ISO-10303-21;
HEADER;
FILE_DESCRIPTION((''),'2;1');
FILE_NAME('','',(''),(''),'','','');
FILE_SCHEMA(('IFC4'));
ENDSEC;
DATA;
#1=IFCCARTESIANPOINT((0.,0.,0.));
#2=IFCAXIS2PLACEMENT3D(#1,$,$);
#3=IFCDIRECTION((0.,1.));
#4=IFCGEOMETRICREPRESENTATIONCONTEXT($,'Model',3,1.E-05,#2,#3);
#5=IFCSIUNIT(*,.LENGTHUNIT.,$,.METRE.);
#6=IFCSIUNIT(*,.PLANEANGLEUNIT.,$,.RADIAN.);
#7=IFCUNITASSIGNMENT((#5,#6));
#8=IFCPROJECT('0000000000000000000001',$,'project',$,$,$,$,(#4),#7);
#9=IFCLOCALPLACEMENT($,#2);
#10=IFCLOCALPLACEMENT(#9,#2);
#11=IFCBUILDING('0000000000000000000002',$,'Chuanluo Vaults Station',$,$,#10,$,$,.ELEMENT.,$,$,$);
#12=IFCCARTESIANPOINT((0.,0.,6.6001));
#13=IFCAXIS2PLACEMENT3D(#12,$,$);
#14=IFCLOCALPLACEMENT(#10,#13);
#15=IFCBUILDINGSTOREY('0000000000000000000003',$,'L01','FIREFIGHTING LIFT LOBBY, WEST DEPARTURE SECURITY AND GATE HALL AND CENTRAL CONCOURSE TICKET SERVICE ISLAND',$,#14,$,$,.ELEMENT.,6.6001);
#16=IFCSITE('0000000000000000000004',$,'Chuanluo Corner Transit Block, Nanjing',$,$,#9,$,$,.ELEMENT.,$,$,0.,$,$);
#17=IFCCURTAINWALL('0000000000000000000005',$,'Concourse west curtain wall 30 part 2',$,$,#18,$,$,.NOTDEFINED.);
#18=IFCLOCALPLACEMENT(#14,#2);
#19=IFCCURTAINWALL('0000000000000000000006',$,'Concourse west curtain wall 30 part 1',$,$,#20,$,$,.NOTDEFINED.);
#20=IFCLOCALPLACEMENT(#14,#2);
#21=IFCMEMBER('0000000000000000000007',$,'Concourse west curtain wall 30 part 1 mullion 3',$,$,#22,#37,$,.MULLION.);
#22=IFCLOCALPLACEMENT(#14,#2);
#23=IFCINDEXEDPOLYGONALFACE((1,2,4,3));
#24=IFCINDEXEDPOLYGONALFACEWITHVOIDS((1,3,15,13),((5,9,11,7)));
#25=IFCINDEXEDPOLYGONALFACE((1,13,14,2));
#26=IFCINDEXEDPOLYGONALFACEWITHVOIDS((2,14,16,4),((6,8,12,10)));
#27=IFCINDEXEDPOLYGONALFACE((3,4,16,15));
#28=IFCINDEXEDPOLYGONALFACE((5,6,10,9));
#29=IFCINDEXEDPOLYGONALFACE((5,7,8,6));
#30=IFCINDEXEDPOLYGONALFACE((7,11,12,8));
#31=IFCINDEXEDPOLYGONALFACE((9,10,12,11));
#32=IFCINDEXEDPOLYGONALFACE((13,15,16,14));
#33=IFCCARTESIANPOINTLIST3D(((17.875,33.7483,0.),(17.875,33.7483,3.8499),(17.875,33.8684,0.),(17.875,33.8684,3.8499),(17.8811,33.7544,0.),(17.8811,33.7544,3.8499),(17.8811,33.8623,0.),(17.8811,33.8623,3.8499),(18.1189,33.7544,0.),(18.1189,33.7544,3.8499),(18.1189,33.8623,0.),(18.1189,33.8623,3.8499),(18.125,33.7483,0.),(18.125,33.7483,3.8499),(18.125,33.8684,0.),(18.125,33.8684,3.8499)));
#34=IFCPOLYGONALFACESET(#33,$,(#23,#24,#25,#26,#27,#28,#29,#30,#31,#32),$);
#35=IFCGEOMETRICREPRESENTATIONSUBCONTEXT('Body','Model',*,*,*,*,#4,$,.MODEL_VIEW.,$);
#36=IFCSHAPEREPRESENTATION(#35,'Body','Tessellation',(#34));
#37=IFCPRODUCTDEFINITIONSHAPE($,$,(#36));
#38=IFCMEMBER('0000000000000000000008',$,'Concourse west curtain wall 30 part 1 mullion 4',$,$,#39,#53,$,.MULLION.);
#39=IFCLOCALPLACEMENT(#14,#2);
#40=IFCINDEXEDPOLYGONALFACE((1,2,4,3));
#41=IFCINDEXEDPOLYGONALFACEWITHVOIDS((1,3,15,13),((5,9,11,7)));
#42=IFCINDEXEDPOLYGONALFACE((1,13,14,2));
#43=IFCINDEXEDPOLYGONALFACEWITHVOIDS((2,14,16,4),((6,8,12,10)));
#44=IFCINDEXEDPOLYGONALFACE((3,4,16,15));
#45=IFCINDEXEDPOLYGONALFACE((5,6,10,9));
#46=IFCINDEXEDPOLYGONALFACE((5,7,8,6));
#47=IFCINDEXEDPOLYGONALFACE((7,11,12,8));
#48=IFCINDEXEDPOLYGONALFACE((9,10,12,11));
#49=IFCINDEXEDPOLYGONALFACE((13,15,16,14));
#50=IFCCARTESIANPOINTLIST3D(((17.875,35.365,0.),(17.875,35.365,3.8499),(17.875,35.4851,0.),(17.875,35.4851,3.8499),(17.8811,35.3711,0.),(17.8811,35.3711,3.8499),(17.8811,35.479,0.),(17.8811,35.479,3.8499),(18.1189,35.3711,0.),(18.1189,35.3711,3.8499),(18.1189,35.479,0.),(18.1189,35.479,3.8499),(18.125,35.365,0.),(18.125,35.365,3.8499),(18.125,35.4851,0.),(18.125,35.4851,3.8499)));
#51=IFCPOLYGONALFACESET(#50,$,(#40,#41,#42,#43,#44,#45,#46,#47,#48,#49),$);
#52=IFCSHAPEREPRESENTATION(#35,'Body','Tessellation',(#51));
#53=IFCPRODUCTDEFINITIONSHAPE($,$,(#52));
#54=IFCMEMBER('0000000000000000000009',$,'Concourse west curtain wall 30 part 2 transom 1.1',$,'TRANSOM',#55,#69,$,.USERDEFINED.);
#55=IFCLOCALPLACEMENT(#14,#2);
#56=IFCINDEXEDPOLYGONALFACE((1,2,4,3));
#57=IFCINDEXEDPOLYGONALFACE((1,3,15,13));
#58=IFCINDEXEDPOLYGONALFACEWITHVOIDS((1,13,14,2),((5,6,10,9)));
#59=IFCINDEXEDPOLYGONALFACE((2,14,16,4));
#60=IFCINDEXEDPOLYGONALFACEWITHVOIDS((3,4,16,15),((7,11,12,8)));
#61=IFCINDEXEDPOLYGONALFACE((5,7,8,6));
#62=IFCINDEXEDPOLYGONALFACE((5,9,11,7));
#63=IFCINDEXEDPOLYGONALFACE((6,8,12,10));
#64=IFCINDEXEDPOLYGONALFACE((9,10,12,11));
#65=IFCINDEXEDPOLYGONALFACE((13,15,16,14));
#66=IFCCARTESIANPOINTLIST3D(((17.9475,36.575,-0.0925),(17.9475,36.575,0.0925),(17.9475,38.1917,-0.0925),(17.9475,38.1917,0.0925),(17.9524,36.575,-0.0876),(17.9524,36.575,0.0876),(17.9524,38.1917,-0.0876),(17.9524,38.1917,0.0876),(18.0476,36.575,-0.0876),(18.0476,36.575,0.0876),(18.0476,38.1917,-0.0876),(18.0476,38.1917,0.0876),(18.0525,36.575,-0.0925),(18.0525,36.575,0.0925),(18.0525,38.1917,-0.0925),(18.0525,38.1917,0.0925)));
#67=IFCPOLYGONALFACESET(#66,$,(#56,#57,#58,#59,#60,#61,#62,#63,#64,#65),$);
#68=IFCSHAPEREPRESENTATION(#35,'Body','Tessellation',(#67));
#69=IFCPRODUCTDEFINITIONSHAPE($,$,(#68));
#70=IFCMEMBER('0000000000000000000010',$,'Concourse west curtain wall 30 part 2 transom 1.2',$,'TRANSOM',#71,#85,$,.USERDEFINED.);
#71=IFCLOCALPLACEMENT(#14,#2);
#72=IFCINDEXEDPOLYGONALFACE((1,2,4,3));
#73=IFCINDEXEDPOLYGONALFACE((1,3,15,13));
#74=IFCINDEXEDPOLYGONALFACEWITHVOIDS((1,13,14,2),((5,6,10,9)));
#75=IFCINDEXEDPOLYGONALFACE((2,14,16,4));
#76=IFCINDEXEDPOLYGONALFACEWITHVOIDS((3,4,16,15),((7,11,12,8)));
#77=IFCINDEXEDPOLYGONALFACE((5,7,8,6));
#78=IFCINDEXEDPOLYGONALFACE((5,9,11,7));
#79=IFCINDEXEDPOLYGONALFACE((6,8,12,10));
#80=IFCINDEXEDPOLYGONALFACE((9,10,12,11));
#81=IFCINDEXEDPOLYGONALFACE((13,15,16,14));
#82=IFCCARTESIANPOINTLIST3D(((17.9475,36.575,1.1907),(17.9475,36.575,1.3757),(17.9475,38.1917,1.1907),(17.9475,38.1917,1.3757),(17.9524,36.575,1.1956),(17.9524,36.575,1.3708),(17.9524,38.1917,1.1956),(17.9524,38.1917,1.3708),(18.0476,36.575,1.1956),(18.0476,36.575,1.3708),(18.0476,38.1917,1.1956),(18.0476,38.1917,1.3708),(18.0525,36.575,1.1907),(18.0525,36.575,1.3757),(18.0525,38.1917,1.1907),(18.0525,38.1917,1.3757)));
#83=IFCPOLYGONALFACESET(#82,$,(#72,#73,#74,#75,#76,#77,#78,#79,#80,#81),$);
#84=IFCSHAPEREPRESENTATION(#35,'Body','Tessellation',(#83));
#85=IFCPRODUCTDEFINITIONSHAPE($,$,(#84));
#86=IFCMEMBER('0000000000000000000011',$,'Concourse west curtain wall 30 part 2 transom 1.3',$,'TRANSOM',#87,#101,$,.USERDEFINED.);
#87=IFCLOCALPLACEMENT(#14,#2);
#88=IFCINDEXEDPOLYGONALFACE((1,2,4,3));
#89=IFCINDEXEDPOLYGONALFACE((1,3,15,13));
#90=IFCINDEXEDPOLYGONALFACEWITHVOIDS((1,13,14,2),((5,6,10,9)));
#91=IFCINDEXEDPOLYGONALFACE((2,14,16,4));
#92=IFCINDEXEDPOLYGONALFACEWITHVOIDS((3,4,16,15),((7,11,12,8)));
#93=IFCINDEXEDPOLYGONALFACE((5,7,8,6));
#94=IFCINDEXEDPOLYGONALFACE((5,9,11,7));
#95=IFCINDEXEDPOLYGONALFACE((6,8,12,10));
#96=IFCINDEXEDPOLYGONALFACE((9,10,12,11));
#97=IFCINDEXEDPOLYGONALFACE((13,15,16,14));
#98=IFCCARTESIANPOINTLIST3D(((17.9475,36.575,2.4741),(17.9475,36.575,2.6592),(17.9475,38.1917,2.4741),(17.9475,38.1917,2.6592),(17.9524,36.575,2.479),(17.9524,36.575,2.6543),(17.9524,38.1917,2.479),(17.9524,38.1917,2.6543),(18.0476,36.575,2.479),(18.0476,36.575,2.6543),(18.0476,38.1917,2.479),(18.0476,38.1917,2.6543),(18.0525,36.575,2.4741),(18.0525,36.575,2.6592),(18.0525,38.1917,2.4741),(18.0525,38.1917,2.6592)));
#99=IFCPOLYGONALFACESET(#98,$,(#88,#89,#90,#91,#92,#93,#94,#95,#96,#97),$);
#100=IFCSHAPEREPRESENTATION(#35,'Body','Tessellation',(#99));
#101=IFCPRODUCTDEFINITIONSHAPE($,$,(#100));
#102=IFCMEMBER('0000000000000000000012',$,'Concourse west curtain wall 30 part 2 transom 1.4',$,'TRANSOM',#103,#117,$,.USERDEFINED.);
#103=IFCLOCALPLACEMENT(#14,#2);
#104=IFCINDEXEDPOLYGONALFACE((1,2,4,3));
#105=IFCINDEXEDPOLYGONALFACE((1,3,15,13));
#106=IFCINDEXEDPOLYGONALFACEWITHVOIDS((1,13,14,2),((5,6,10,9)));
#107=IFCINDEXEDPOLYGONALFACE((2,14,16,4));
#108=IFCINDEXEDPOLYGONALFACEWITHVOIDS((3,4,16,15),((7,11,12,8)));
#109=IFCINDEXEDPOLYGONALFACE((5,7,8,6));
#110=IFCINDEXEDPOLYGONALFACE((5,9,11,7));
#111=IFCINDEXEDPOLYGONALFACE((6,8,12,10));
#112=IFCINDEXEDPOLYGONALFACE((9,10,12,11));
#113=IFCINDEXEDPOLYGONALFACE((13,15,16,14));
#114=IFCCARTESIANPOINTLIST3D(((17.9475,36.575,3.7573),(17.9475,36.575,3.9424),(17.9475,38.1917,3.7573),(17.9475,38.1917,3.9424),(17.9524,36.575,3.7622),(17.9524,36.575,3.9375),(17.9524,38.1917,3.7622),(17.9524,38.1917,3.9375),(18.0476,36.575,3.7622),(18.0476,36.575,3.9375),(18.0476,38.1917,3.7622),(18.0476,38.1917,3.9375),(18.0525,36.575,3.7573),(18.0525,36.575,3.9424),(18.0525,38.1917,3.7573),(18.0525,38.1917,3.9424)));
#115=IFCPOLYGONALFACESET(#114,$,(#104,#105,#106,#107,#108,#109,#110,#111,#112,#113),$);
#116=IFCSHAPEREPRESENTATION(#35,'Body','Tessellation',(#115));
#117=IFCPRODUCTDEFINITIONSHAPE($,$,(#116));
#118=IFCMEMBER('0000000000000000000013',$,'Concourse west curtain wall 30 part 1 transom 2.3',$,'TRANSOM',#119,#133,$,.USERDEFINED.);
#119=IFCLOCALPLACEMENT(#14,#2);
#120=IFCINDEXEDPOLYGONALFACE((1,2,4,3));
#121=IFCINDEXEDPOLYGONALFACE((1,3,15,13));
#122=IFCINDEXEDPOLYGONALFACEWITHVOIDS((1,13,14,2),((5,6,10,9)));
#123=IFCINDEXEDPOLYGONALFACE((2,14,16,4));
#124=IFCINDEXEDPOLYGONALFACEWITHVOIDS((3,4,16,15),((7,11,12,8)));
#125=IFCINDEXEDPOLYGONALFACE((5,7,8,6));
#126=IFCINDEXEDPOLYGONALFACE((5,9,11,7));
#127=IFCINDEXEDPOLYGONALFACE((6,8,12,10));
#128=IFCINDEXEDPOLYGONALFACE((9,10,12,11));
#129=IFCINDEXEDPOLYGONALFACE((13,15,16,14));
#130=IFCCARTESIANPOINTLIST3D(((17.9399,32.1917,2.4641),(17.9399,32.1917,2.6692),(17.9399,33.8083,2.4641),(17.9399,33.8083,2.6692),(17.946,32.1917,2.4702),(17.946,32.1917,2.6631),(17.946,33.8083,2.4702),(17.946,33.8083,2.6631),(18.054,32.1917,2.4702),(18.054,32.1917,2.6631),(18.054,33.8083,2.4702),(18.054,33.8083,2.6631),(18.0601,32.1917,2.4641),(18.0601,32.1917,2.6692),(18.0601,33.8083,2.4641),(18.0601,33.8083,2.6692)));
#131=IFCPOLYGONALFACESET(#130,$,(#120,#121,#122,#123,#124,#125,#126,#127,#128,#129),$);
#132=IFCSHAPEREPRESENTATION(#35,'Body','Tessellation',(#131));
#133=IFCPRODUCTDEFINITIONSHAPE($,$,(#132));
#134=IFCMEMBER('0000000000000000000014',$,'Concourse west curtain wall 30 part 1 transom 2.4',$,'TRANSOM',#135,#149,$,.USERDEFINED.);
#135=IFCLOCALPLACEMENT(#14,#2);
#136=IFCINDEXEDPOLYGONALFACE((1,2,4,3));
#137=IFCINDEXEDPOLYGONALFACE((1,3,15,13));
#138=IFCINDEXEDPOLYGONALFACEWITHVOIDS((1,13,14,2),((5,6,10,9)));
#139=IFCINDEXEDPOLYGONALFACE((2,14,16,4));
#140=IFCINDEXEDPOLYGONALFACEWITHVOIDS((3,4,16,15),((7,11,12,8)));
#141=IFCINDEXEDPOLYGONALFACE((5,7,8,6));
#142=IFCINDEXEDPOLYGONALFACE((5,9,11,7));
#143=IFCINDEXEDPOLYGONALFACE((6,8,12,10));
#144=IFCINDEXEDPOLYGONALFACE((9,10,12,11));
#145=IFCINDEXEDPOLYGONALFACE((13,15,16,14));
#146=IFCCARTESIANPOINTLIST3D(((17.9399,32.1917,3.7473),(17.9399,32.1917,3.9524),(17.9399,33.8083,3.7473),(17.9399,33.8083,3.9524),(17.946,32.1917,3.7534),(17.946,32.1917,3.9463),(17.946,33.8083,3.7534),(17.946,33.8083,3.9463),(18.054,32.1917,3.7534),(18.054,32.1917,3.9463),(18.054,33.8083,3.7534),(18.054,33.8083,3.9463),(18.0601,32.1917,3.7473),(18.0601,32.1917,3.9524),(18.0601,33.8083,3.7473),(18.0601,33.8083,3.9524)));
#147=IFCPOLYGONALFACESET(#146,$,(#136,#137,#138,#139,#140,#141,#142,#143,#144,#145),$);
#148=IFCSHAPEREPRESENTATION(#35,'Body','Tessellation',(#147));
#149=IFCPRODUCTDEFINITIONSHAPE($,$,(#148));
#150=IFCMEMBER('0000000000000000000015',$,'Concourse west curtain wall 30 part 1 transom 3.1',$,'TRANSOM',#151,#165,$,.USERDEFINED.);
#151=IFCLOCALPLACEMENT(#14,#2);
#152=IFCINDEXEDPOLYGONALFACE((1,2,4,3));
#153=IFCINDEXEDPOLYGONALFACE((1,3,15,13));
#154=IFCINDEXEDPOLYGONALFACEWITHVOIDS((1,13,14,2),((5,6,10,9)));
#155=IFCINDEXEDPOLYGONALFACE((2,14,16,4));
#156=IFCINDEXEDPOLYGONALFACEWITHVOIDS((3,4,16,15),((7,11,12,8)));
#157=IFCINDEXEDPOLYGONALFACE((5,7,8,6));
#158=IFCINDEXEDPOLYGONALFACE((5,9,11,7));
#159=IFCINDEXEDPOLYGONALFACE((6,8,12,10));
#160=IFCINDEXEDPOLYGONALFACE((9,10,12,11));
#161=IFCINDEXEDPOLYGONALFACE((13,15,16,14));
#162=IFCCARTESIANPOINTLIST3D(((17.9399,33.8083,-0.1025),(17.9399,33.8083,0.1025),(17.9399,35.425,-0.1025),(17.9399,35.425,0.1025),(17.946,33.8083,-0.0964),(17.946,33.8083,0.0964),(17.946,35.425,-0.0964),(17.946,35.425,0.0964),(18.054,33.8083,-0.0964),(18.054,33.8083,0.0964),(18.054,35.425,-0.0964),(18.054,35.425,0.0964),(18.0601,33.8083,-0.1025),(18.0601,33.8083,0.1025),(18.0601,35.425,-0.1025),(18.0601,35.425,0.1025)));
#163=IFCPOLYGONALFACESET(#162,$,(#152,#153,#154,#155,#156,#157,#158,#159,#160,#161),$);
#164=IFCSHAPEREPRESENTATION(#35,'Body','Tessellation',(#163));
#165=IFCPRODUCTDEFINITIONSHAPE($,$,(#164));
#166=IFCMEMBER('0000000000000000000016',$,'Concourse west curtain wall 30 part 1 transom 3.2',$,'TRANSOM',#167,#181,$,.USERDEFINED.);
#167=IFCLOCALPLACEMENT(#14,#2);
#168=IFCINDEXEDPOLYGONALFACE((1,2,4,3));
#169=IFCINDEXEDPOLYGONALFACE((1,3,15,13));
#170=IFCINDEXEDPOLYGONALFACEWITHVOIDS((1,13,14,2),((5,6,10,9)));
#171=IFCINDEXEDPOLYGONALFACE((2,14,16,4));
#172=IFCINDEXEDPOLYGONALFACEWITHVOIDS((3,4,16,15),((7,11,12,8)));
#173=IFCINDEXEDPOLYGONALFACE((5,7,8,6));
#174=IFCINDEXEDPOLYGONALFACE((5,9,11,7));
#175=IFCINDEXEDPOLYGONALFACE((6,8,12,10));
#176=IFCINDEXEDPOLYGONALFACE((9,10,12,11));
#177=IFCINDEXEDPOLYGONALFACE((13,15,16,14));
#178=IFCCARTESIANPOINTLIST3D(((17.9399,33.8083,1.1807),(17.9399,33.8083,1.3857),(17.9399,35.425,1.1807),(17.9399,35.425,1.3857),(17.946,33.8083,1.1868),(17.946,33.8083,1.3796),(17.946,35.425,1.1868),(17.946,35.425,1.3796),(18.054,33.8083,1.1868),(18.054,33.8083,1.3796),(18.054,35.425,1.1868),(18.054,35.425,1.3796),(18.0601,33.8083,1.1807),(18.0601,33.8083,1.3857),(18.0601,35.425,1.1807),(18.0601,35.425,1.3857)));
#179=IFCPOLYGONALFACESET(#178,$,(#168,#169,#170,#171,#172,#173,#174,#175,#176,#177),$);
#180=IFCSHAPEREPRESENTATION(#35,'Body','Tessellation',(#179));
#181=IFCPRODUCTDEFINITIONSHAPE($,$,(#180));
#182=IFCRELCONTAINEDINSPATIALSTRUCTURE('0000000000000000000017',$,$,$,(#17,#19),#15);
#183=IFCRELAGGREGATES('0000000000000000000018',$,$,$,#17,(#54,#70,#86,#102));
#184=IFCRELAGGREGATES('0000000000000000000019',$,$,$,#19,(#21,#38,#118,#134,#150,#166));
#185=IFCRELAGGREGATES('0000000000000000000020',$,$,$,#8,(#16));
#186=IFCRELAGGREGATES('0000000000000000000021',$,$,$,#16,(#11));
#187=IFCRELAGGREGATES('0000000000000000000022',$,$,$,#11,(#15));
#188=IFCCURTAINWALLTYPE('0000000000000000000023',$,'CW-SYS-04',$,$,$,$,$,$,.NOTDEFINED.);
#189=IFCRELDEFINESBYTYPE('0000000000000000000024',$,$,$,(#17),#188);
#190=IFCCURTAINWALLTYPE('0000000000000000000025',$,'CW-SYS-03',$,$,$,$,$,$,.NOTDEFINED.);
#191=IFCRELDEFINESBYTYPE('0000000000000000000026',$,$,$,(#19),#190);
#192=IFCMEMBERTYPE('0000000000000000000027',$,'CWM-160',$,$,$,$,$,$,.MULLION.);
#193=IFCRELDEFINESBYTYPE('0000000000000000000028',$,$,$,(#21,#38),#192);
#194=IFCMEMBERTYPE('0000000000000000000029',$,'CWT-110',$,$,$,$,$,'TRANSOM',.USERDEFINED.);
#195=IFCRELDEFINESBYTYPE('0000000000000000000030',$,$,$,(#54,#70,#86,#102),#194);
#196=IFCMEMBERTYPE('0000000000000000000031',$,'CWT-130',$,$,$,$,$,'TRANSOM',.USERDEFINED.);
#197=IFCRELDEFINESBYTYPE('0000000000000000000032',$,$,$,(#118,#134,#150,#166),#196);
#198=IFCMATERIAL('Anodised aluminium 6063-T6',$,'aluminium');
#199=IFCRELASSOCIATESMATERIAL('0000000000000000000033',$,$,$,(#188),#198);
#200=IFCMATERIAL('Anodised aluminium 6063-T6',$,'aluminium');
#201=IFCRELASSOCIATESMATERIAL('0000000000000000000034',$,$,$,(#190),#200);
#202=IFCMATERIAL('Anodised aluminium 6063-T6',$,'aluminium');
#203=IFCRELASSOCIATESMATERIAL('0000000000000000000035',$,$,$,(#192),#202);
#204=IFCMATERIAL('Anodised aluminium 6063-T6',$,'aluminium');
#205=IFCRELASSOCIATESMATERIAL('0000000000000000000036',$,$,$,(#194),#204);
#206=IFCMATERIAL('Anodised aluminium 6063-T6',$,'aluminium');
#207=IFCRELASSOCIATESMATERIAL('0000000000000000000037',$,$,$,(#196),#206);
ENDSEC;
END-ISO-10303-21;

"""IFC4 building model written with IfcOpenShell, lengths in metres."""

from ifc_helpers import new_model, si_unit, direction, frame, origin, origin_2d, place, context, subcontext, project, spatial, hollow_rectangle, extrude, material, material_profile, profile_set, type_object, element, aggregate, save


model = new_model("IFC4")

# Units and contexts
model_context = context("Model", 3, precision=1e-05, world=origin(), true_north=direction((0.0, 1.0)))
body_context = subcontext(model_context, "Body", "Model", "MODEL_VIEW")
ifc_project = project(units=[si_unit("LENGTHUNIT", "METRE"), si_unit("PLANEANGLEUNIT", "RADIAN")], contexts=[model_context])

# Site, building, storey
site_placement = place(None, origin())
site = spatial("IfcSite", under=ifc_project, at=site_placement, Name="Chuanluo Corner Transit Block, Nanjing", CompositionType="ELEMENT", RefElevation=0.0)
building_placement = place(site_placement, origin())
building = spatial("IfcBuilding", under=site, at=building_placement, Name="Chuanluo Vaults Station", CompositionType="ELEMENT")
storey_placement = place(building_placement, frame((0.0, 0.0, 6.6001)))
storey = spatial("IfcBuildingStorey", under=building, at=storey_placement, Name="L01", Description="FIREFIGHTING LIFT LOBBY, WEST DEPARTURE SECURITY AND GATE HALL AND CENTRAL CONCOURSE TICKET SERVICE ISLAND", CompositionType="ELEMENT", Elevation=6.6001)

# Curtain wall
ifc_material_1 = material(Name="Anodised aluminium 6063-T6", Category="aluminium")
curtain_wall_type_1 = type_object("IfcCurtainWallType", Name="CW-SYS-04", PredefinedType="NOTDEFINED", material=ifc_material_1)
curtain_wall_1_placement = place(storey_placement, origin())
curtain_wall_1 = element("IfcCurtainWall", 1, at=curtain_wall_1_placement, inside=storey, type_object=curtain_wall_type_1, Name="Concourse west curtain wall 30 part 2", PredefinedType="NOTDEFINED")

# Curtain wall, members
ifc_material_2 = material(Name="Anodised aluminium 6063-T6", Category="aluminium")
curtain_wall_type_2 = type_object("IfcCurtainWallType", Name="CW-SYS-03", PredefinedType="NOTDEFINED", material=ifc_material_2)
curtain_wall_2_placement = place(storey_placement, origin())
curtain_wall_2 = element("IfcCurtainWall", 2, at=curtain_wall_2_placement, inside=storey, type_object=curtain_wall_type_2, Name="Concourse west curtain wall 30 part 1", PredefinedType="NOTDEFINED")
ifc_material_3 = material(Name="Anodised aluminium 6063-T6", Category="aluminium")
ifc_material_profile_1 = material_profile(ifc_material_3, hollow_rectangle(XDim=0.1201, YDim=0.25, WallThickness=0.0061, at=origin_2d()))
ifc_profile_set_1 = profile_set([ifc_material_profile_1], Name="Anodised aluminium 6063-T6")
member_type_1 = type_object("IfcMemberType", Name="CWM-160", PredefinedType="MULLION", material=ifc_profile_set_1)
member_1_placement = place(storey_placement, frame((18.0, 33.8083, 0.0), z_axis=(0.0, 0.0, 1.0), x_axis=(0.0, 1.0, 0.0)))
member_1 = element("IfcMember", 3, at=member_1_placement, type_object=member_type_1, Name="Concourse west curtain wall 30 part 1 mullion 3", PredefinedType="MULLION", context=body_context, shape_type="SweptSolid", body=[
    extrude(hollow_rectangle(XDim=0.1201, YDim=0.25, WallThickness=0.0061, at=origin_2d()), origin(), (0.0, 0.0, 1.0), 3.8499),
])
member_2_placement = place(storey_placement, frame((18.0, 35.425, 0.0), z_axis=(0.0, 0.0, 1.0), x_axis=(0.0, 1.0, 0.0)))
member_2 = element("IfcMember", 4, at=member_2_placement, type_object=member_type_1, Name="Concourse west curtain wall 30 part 1 mullion 4", PredefinedType="MULLION", context=body_context, shape_type="SweptSolid", body=[
    extrude(hollow_rectangle(XDim=0.1201, YDim=0.25, WallThickness=0.0061, at=origin_2d()), origin(), (0.0, 0.0, 1.0), 3.8499),
])

# Members
ifc_material_4 = material(Name="Anodised aluminium 6063-T6", Category="aluminium")
ifc_material_profile_2 = material_profile(ifc_material_4, hollow_rectangle(XDim=0.105, YDim=0.1851, WallThickness=0.0049, at=origin_2d()))
ifc_profile_set_2 = profile_set([ifc_material_profile_2], Name="Anodised aluminium 6063-T6")
member_type_2 = type_object("IfcMemberType", Name="CWT-110", ElementType="TRANSOM", PredefinedType="USERDEFINED", material=ifc_profile_set_2)
member_3_placement = place(storey_placement, frame((18.0, 36.575, 0.0), z_axis=(0.0, 1.0, 0.0), x_axis=(-1.0, 0.0, 0.0)))
member_3 = element("IfcMember", 5, at=member_3_placement, type_object=member_type_2, Name="Concourse west curtain wall 30 part 2 transom 1.1", ObjectType="TRANSOM", PredefinedType="USERDEFINED", context=body_context, shape_type="SweptSolid", body=[
    extrude(hollow_rectangle(XDim=0.105, YDim=0.1851, WallThickness=0.0049, at=origin_2d()), origin(), (0.0, 0.0, 1.0), 1.6167),
])
member_4_placement = place(storey_placement, frame((18.0, 36.575, 1.2832), z_axis=(0.0, 1.0, 0.0), x_axis=(-1.0, 0.0, 0.0)))
member_4 = element("IfcMember", 6, at=member_4_placement, type_object=member_type_2, Name="Concourse west curtain wall 30 part 2 transom 1.2", ObjectType="TRANSOM", PredefinedType="USERDEFINED", context=body_context, shape_type="SweptSolid", body=[
    extrude(hollow_rectangle(XDim=0.105, YDim=0.1851, WallThickness=0.0049, at=origin_2d()), origin(), (0.0, 0.0, 1.0), 1.6167),
])
member_5_placement = place(storey_placement, frame((18.0, 36.575, 2.5667), z_axis=(0.0, 1.0, 0.0), x_axis=(-1.0, 0.0, 0.0)))
member_5 = element("IfcMember", 7, at=member_5_placement, type_object=member_type_2, Name="Concourse west curtain wall 30 part 2 transom 1.3", ObjectType="TRANSOM", PredefinedType="USERDEFINED", context=body_context, shape_type="SweptSolid", body=[
    extrude(hollow_rectangle(XDim=0.105, YDim=0.1851, WallThickness=0.0049, at=origin_2d()), origin(), (0.0, 0.0, 1.0), 1.6167),
])
member_6_placement = place(storey_placement, frame((18.0, 36.575, 3.8499), z_axis=(0.0, 1.0, 0.0), x_axis=(-1.0, 0.0, 0.0)))
member_6 = element("IfcMember", 8, at=member_6_placement, type_object=member_type_2, Name="Concourse west curtain wall 30 part 2 transom 1.4", ObjectType="TRANSOM", PredefinedType="USERDEFINED", context=body_context, shape_type="SweptSolid", body=[
    extrude(hollow_rectangle(XDim=0.105, YDim=0.1851, WallThickness=0.0049, at=origin_2d()), origin(), (0.0, 0.0, 1.0), 1.6167),
])
ifc_material_5 = material(Name="Anodised aluminium 6063-T6", Category="aluminium")
ifc_material_profile_3 = material_profile(ifc_material_5, hollow_rectangle(XDim=0.1201, YDim=0.2051, WallThickness=0.0061, at=origin_2d()))
ifc_profile_set_3 = profile_set([ifc_material_profile_3], Name="Anodised aluminium 6063-T6")
member_type_3 = type_object("IfcMemberType", Name="CWT-130", ElementType="TRANSOM", PredefinedType="USERDEFINED", material=ifc_profile_set_3)
member_7_placement = place(storey_placement, frame((18.0, 32.1917, 2.5667), z_axis=(0.0, 1.0, 0.0), x_axis=(-1.0, 0.0, 0.0)))
member_7 = element("IfcMember", 9, at=member_7_placement, type_object=member_type_3, Name="Concourse west curtain wall 30 part 1 transom 2.3", ObjectType="TRANSOM", PredefinedType="USERDEFINED", context=body_context, shape_type="SweptSolid", body=[
    extrude(hollow_rectangle(XDim=0.1201, YDim=0.2051, WallThickness=0.0061, at=origin_2d()), origin(), (0.0, 0.0, 1.0), 1.6167),
])
member_8_placement = place(storey_placement, frame((18.0, 32.1917, 3.8499), z_axis=(0.0, 1.0, 0.0), x_axis=(-1.0, 0.0, 0.0)))
member_8 = element("IfcMember", 10, at=member_8_placement, type_object=member_type_3, Name="Concourse west curtain wall 30 part 1 transom 2.4", ObjectType="TRANSOM", PredefinedType="USERDEFINED", context=body_context, shape_type="SweptSolid", body=[
    extrude(hollow_rectangle(XDim=0.1201, YDim=0.2051, WallThickness=0.0061, at=origin_2d()), origin(), (0.0, 0.0, 1.0), 1.6167),
])
member_9_placement = place(storey_placement, frame((18.0, 33.8083, 0.0), z_axis=(0.0, 1.0, 0.0), x_axis=(-1.0, 0.0, 0.0)))
member_9 = element("IfcMember", 11, at=member_9_placement, type_object=member_type_3, Name="Concourse west curtain wall 30 part 1 transom 3.1", ObjectType="TRANSOM", PredefinedType="USERDEFINED", context=body_context, shape_type="SweptSolid", body=[
    extrude(hollow_rectangle(XDim=0.1201, YDim=0.2051, WallThickness=0.0061, at=origin_2d()), origin(), (0.0, 0.0, 1.0), 1.6167),
])
member_10_placement = place(storey_placement, frame((18.0, 33.8083, 1.2832), z_axis=(0.0, 1.0, 0.0), x_axis=(-1.0, 0.0, 0.0)))
member_10 = element("IfcMember", 12, at=member_10_placement, type_object=member_type_3, Name="Concourse west curtain wall 30 part 1 transom 3.2", ObjectType="TRANSOM", PredefinedType="USERDEFINED", context=body_context, shape_type="SweptSolid", body=[
    extrude(hollow_rectangle(XDim=0.1201, YDim=0.2051, WallThickness=0.0061, at=origin_2d()), origin(), (0.0, 0.0, 1.0), 1.6167),
])

aggregate(curtain_wall_1, [member_3, member_4, member_5, member_6])
aggregate(curtain_wall_2, [member_1, member_2, member_7, member_8, member_9, member_10])

save(model, "model.ifc")
